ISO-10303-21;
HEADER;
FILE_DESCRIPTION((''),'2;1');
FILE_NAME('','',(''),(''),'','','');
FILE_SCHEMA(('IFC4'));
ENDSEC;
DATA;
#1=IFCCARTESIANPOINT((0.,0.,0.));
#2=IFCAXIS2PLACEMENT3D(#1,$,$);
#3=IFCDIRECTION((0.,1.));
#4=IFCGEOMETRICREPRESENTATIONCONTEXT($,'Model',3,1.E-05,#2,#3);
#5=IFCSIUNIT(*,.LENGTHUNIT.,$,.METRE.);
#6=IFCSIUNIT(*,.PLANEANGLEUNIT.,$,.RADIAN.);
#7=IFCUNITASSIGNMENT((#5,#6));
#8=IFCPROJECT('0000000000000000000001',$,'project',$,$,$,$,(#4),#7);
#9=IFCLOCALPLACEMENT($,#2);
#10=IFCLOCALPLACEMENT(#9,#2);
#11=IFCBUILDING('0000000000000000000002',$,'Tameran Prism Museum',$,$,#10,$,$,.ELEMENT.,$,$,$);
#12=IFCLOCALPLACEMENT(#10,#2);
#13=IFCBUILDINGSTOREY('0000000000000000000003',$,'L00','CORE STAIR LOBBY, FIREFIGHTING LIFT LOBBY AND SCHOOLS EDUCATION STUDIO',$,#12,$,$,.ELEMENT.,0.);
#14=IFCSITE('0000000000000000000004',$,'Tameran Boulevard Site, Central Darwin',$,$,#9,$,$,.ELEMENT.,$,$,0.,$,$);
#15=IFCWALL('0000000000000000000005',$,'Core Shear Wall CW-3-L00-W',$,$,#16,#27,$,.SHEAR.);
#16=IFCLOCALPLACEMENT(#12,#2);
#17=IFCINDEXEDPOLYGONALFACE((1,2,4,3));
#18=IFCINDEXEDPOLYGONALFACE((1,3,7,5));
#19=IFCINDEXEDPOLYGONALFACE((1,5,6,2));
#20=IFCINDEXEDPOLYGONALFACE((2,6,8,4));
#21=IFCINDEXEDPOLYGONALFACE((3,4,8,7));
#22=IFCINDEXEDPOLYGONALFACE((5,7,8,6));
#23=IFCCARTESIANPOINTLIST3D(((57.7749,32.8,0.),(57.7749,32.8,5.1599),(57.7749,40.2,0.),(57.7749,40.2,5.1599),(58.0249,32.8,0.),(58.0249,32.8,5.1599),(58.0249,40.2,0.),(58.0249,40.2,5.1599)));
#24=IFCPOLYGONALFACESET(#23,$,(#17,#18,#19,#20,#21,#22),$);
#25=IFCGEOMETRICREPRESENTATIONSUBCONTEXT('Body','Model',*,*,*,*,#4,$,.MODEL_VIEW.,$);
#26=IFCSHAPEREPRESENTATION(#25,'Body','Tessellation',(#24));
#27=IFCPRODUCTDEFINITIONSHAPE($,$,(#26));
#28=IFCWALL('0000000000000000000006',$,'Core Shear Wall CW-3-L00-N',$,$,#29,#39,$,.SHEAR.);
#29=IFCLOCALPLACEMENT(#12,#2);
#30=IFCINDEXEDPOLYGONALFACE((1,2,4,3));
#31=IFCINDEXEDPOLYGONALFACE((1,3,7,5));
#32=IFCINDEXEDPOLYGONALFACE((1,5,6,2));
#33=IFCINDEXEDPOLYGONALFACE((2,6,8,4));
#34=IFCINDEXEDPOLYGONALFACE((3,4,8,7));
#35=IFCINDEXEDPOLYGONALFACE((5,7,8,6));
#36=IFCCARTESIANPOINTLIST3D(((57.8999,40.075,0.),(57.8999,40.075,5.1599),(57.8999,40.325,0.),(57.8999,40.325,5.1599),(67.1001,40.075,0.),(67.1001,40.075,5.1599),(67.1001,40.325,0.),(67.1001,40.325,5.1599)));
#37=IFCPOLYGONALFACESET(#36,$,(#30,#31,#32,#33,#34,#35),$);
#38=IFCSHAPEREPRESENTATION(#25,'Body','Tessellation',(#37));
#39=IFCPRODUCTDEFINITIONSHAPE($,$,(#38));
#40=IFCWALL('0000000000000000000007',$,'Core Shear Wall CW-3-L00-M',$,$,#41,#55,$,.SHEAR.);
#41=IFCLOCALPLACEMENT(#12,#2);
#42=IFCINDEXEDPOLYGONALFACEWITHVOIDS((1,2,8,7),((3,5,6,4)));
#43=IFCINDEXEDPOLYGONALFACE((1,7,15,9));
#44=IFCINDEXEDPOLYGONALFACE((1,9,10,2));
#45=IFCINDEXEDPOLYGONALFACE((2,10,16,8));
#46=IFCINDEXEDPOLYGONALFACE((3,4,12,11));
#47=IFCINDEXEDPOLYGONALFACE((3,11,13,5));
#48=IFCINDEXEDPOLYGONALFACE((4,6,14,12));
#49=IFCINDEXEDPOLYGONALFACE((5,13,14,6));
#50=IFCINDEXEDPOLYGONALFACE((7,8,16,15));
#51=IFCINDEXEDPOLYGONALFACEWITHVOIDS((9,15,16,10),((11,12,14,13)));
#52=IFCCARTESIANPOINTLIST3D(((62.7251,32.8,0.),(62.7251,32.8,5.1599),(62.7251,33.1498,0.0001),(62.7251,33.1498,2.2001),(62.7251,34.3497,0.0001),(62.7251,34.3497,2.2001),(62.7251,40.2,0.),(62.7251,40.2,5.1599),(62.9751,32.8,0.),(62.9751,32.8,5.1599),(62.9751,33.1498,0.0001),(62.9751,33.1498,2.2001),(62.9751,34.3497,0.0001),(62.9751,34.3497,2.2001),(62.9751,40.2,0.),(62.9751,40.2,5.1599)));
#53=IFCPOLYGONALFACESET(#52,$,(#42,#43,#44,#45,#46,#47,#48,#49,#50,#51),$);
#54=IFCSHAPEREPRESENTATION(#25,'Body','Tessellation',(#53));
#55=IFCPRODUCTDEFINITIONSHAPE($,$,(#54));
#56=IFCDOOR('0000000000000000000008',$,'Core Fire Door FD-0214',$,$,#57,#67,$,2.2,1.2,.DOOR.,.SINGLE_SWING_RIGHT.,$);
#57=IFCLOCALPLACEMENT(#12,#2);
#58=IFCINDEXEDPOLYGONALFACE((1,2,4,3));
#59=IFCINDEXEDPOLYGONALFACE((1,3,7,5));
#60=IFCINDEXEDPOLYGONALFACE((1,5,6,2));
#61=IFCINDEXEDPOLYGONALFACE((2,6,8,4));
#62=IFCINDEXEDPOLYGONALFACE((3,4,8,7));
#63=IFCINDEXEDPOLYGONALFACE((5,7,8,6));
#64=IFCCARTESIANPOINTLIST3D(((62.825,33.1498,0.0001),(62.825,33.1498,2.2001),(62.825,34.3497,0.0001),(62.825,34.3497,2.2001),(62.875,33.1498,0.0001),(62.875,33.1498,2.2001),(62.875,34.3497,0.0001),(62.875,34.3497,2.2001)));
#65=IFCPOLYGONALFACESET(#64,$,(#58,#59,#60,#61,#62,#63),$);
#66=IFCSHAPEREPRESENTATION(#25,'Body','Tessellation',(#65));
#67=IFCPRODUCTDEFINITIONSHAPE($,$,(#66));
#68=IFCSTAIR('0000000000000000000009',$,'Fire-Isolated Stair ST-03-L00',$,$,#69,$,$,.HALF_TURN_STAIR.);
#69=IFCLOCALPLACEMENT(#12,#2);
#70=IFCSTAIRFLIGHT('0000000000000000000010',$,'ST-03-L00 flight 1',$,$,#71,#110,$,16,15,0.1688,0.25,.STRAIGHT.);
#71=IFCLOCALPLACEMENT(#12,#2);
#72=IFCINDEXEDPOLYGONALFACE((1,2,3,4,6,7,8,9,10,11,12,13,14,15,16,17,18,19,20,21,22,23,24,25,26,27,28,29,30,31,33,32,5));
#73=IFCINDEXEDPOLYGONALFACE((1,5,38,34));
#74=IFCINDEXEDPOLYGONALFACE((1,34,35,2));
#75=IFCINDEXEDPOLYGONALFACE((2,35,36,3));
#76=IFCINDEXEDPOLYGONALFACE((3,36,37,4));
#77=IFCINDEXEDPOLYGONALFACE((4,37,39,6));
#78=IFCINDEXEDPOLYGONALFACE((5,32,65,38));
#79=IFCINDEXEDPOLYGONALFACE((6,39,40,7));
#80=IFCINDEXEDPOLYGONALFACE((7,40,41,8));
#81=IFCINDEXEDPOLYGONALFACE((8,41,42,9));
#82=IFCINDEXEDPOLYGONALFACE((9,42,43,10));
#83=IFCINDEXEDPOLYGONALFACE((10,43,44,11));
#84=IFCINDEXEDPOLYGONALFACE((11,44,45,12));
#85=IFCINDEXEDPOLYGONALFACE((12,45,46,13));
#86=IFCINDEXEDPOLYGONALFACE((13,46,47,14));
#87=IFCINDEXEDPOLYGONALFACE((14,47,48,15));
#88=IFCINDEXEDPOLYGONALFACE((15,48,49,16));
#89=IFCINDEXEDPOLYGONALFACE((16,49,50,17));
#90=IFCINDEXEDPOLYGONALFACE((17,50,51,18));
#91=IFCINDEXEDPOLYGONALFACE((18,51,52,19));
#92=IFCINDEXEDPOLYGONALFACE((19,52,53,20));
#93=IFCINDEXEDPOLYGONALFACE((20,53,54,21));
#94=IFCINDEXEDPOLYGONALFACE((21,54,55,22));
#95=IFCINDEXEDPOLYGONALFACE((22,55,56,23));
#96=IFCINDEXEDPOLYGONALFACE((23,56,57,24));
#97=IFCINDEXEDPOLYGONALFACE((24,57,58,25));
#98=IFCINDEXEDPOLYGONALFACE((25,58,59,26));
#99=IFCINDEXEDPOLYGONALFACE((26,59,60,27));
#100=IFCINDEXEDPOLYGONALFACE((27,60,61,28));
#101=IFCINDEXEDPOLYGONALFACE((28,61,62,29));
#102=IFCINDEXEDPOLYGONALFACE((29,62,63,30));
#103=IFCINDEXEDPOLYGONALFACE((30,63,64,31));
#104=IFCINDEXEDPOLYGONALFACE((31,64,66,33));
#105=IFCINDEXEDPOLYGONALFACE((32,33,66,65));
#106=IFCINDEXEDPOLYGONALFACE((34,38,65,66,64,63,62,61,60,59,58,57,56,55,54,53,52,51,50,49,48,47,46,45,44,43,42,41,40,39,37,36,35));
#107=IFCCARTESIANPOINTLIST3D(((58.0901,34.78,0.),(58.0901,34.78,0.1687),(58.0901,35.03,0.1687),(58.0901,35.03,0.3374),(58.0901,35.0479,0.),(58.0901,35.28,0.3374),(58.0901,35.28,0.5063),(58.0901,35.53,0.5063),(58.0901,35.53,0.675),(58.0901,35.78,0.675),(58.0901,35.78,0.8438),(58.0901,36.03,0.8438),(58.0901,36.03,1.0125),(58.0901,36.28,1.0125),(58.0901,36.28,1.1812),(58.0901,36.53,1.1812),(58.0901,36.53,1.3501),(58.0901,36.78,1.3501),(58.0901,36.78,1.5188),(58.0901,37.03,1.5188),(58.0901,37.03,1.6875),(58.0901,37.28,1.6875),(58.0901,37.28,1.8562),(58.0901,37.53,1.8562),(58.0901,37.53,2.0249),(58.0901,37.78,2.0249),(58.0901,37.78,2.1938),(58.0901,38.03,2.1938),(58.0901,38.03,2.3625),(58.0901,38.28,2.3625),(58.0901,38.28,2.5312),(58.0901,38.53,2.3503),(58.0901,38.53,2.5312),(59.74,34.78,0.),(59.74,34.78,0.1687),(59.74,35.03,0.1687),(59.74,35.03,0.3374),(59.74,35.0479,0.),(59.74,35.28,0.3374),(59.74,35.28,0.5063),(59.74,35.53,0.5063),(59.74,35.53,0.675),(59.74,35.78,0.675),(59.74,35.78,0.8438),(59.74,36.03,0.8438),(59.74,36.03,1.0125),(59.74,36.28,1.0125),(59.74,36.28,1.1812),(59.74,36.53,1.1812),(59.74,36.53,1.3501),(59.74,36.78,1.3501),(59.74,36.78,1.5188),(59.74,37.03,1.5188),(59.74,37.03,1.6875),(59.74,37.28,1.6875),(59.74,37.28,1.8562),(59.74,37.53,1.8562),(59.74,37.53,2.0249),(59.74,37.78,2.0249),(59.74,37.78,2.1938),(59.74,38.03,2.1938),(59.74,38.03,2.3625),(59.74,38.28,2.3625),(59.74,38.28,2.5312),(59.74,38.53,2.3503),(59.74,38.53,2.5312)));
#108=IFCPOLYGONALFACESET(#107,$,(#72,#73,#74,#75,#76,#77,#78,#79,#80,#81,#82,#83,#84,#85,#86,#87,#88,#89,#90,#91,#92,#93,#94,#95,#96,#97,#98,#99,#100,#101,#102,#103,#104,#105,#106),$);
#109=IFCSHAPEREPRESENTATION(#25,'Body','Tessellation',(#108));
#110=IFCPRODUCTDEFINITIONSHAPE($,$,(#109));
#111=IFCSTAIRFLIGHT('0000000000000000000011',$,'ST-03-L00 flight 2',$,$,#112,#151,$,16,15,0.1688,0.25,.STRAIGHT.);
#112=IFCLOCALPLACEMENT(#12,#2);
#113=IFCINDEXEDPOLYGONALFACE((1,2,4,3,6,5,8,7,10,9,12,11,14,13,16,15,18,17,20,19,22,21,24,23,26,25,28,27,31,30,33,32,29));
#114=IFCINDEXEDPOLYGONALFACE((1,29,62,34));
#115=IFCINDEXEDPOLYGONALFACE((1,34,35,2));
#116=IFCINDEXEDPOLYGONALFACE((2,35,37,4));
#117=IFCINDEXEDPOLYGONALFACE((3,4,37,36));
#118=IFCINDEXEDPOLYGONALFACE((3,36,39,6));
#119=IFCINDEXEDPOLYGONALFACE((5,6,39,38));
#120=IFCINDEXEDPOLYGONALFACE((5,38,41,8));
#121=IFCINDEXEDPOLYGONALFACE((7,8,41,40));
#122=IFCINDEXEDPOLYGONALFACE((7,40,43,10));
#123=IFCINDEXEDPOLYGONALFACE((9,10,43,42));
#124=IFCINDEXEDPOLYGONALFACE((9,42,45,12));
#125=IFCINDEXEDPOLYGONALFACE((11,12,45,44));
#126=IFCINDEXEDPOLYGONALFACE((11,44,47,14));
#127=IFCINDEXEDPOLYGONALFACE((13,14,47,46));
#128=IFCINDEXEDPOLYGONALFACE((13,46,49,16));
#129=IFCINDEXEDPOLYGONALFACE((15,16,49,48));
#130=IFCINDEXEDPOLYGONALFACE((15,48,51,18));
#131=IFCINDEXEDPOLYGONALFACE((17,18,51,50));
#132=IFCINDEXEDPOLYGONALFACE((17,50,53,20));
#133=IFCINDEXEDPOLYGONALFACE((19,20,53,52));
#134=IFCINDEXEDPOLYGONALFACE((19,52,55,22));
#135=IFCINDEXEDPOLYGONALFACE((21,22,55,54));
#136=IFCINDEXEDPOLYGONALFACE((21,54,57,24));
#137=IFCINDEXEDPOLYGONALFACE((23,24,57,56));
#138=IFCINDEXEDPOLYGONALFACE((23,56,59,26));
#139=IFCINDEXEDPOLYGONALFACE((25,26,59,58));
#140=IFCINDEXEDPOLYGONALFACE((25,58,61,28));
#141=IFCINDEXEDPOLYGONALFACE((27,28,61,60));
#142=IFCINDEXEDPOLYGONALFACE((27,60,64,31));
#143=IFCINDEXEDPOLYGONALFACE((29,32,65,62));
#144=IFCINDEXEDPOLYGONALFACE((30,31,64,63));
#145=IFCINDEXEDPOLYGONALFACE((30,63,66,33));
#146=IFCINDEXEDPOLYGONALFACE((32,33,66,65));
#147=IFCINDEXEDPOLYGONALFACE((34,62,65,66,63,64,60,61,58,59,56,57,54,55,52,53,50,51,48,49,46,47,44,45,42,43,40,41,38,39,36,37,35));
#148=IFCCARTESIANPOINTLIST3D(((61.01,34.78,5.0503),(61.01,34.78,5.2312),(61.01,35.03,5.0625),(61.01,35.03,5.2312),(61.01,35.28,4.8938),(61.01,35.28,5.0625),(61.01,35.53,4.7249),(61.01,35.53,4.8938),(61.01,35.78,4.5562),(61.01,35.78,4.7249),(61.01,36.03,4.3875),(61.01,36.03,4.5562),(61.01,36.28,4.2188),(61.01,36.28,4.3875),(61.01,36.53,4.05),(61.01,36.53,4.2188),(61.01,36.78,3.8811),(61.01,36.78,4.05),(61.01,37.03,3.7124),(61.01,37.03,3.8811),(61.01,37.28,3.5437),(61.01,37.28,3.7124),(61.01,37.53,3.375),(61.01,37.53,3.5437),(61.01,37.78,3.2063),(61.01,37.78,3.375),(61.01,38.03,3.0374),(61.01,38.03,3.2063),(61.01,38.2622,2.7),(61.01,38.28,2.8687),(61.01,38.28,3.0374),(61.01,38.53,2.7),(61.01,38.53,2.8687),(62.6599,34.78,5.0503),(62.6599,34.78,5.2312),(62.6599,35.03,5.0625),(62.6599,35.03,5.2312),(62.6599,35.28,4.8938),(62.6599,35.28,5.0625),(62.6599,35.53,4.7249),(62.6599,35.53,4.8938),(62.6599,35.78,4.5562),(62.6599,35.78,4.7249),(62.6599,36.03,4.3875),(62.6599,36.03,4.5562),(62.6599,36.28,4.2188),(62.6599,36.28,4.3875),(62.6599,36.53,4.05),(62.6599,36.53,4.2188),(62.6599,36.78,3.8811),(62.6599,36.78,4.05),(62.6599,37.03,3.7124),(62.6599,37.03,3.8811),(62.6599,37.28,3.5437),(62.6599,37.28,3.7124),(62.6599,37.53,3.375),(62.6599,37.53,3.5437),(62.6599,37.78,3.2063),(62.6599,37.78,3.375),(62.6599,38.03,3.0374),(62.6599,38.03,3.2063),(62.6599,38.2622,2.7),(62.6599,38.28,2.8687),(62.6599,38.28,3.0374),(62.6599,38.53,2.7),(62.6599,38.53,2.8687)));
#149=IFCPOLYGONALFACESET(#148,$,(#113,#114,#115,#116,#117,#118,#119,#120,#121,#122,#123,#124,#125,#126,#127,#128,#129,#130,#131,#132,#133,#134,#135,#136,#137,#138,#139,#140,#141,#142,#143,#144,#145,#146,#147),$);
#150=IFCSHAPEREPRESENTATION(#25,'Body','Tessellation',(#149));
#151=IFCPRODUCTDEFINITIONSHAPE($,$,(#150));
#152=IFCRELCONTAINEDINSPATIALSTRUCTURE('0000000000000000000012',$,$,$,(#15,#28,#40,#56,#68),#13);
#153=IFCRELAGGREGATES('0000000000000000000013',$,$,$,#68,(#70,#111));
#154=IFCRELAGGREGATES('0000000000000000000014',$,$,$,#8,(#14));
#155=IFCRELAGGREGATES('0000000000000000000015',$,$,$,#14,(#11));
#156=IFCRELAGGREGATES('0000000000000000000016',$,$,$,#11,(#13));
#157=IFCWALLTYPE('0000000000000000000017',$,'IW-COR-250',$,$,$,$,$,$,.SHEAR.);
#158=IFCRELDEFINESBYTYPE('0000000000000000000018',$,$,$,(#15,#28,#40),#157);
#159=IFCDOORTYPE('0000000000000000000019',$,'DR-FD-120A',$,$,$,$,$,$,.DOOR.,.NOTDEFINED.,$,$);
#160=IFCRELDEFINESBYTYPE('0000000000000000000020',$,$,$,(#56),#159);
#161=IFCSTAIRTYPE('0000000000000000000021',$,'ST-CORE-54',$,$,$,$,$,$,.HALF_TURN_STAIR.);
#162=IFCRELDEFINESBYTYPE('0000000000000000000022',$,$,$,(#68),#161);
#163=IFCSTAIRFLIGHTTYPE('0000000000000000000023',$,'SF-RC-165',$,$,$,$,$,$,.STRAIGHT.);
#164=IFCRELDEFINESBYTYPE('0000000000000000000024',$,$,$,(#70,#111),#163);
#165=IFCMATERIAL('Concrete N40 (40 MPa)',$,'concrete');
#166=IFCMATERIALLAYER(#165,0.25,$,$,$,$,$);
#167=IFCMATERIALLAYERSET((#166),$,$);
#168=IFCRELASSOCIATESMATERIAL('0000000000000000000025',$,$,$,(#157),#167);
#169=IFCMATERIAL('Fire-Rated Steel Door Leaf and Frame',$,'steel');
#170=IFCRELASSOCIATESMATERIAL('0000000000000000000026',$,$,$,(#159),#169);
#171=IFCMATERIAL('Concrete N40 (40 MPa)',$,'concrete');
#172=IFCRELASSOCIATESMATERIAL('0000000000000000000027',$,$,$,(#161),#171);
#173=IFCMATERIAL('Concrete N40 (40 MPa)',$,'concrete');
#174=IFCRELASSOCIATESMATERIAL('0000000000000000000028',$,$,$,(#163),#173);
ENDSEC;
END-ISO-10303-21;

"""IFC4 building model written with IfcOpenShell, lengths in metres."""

from ifc_helpers import new_model, si_unit, direction, frame, frame_2d, origin, place, context, subcontext, project, spatial, polyline, rectangle, outline, extrude, material, layer, layer_set, type_object, element, fill, aggregate, save


model = new_model("IFC4")

# Units and contexts
model_context = context("Model", 3, precision=1e-05, world=origin(), true_north=direction((0.0, 1.0)))
body_context = subcontext(model_context, "Body", "Model", "MODEL_VIEW")
ifc_project = project(units=[si_unit("LENGTHUNIT", "METRE"), si_unit("PLANEANGLEUNIT", "RADIAN")], contexts=[model_context])

# Site, building, storey
site_placement = place(None, origin())
site = spatial("IfcSite", under=ifc_project, at=site_placement, Name="Tameran Boulevard Site, Central Darwin", CompositionType="ELEMENT", RefElevation=0.0)
building_placement = place(site_placement, origin())
building = spatial("IfcBuilding", under=site, at=building_placement, Name="Tameran Prism Museum", CompositionType="ELEMENT")
storey_placement = place(building_placement, origin())
storey = spatial("IfcBuildingStorey", under=building, at=storey_placement, Name="L00", Description="CORE STAIR LOBBY, FIREFIGHTING LIFT LOBBY AND SCHOOLS EDUCATION STUDIO", CompositionType="ELEMENT", Elevation=0.0)

# Walls
ifc_material_1 = material(Name="Concrete N40 (40 MPa)", Category="concrete")
ifc_layer_1 = layer(ifc_material_1, 0.25)
ifc_layer_set_1 = layer_set([ifc_layer_1])
wall_type_1 = type_object("IfcWallType", Name="IW-COR-250", PredefinedType="SHEAR", material=ifc_layer_set_1)
wall_1_placement = place(storey_placement, frame((57.8999, 32.8, 0.0), z_axis=(0.0, 0.0, 1.0), x_axis=(0.0, 1.0, 0.0)))
element("IfcWall", 1, at=wall_1_placement, inside=storey, type_object=wall_type_1, Name="Core Shear Wall CW-3-L00-W", PredefinedType="SHEAR", context=body_context, shape_type="SweptSolid", body=[
    extrude(rectangle(XDim=7.3999, YDim=0.25, at=frame_2d((3.7, 0.0))), origin(), (0.0, 0.0, 1.0), 5.1599),
])
wall_2_placement = place(storey_placement, frame((57.8999, 40.2, 0.0), z_axis=(0.0, 0.0, 1.0), x_axis=(1.0, 0.0, 0.0)))
element("IfcWall", 2, at=wall_2_placement, inside=storey, type_object=wall_type_1, Name="Core Shear Wall CW-3-L00-N", PredefinedType="SHEAR", context=body_context, shape_type="SweptSolid", body=[
    extrude(rectangle(XDim=9.2002, YDim=0.25, at=frame_2d((4.6001, 0.0))), origin(), (0.0, 0.0, 1.0), 5.1599),
])

# Wall, opening, door
wall_3_placement = place(storey_placement, frame((62.8501, 40.2, 0.0), z_axis=(0.0, 0.0, 1.0), x_axis=(0.0, -1.0, 0.0)))
wall_3 = element("IfcWall", 3, at=wall_3_placement, inside=storey, type_object=wall_type_1, Name="Core Shear Wall CW-3-L00-M", PredefinedType="SHEAR", context=body_context, shape_type="SweptSolid", body=[
    extrude(rectangle(XDim=7.3999, YDim=0.25, at=frame_2d((3.7, 0.0))), origin(), (0.0, 0.0, 1.0), 5.1599),
])
opening_1_placement = place(wall_3_placement, frame((5.8501, 0.0, 0.0)))
opening_1 = element("IfcOpeningElement", 4, at=opening_1_placement, cuts=wall_3, PredefinedType="OPENING", context=body_context, shape_type="SweptSolid", body=[
    extrude(rectangle(XDim=1.2, YDim=2.2, at=frame_2d((0.6001, 1.1001))), frame((0.0, 0.135, 0.0), z_axis=(0.0, -1.0, 0.0), x_axis=(1.0, 0.0, 0.0)), (0.0, 0.0, 1.0), 0.27),
])
ifc_material_2 = material(Name="Fire-Rated Steel Door Leaf and Frame", Category="steel")
door_type_1 = type_object("IfcDoorType", Name="DR-FD-120A", OperationType="NOTDEFINED", PredefinedType="DOOR", material=ifc_material_2)
door_1_placement = place(opening_1_placement, origin())
door_1 = element("IfcDoor", 5, at=door_1_placement, inside=storey, type_object=door_type_1, Name="Core Fire Door FD-0214", OperationType="SINGLE_SWING_RIGHT", OverallHeight=2.2, OverallWidth=1.2, PredefinedType="DOOR", context=body_context, shape_type="SweptSolid", body=[
    extrude(rectangle(XDim=1.2, YDim=2.2, at=frame_2d((0.6001, 1.1001))), frame((0.0, 0.0249, 0.0), z_axis=(0.0, -1.0, 0.0), x_axis=(1.0, 0.0, 0.0)), (0.0, 0.0, 1.0), 0.05),
])
fill(opening_1, door_1)

# Stair, stair flights
ifc_material_3 = material(Name="Concrete N40 (40 MPa)", Category="concrete")
stair_type = type_object("IfcStairType", Name="ST-CORE-54", PredefinedType="HALF_TURN_STAIR", material=ifc_material_3)
stair_placement = place(storey_placement, origin())
stair = element("IfcStair", 6, at=stair_placement, inside=storey, type_object=stair_type, Name="Fire-Isolated Stair ST-03-L00", PredefinedType="HALF_TURN_STAIR")
ifc_material_4 = material(Name="Concrete N40 (40 MPa)", Category="concrete")
stair_flight_type = type_object("IfcStairFlightType", Name="SF-RC-165", PredefinedType="STRAIGHT", material=ifc_material_4)
stair_flight_1_placement = place(storey_placement, frame((58.915, 34.78, 0.0), z_axis=(0.0, 0.0, 1.0), x_axis=(0.0, 1.0, 0.0)))
stair_flight_1 = element("IfcStairFlight", 7, at=stair_flight_1_placement, type_object=stair_flight_type, Name="ST-03-L00 flight 1", NumberOfRisers=16, NumberOfTreads=15, PredefinedType="STRAIGHT", RiserHeight=0.1688, TreadLength=0.25, context=body_context, shape_type="SweptSolid", body=[
    extrude(outline(polyline([(0.0, 0.0), (0.0, 0.1687), (0.25, 0.1687), (0.25, 0.3374), (0.5, 0.3374), (0.5, 0.5063), (0.75, 0.5063), (0.75, 0.675), (1.0, 0.675), (1.0, 0.8438), (1.25, 0.8438), (1.25, 1.0125), (1.5, 1.0125), (1.5, 1.1812), (1.75, 1.1812), (1.75, 1.3501), (2.0, 1.3501), (2.0, 1.5188), (2.25, 1.5188), (2.25, 1.6875), (2.5, 1.6875), (2.5, 1.8562), (2.75, 1.8562), (2.75, 2.0249), (3.0, 2.0249), (3.0, 2.1938), (3.25, 2.1938), (3.25, 2.3625), (3.5, 2.3625), (3.5, 2.5312), (3.75, 2.5312), (3.75, 2.7), (3.75, 2.3503), (0.2678, 0.0), (0.0, 0.0)])), frame((0.0, 0.825, 0.0), z_axis=(0.0, -1.0, 0.0), x_axis=(1.0, 0.0, 0.0)), (0.0, 0.0, 1.0), 1.6499),
])
stair_flight_2_placement = place(storey_placement, frame((61.835, 38.53, 2.7), z_axis=(0.0, 0.0, 1.0), x_axis=(0.0, -1.0, 0.0)))
stair_flight_2 = element("IfcStairFlight", 8, at=stair_flight_2_placement, type_object=stair_flight_type, Name="ST-03-L00 flight 2", NumberOfRisers=16, NumberOfTreads=15, PredefinedType="STRAIGHT", RiserHeight=0.1688, TreadLength=0.25, context=body_context, shape_type="SweptSolid", body=[
    extrude(outline(polyline([(0.0, 0.0), (0.0, 0.1687), (0.25, 0.1687), (0.25, 0.3374), (0.5, 0.3374), (0.5, 0.5063), (0.75, 0.5063), (0.75, 0.675), (1.0, 0.675), (1.0, 0.8438), (1.25, 0.8438), (1.25, 1.0125), (1.5, 1.0125), (1.5, 1.1812), (1.75, 1.1812), (1.75, 1.3501), (2.0, 1.3501), (2.0, 1.5188), (2.25, 1.5188), (2.25, 1.6875), (2.5, 1.6875), (2.5, 1.8562), (2.75, 1.8562), (2.75, 2.0249), (3.0, 2.0249), (3.0, 2.1938), (3.25, 2.1938), (3.25, 2.3625), (3.5, 2.3625), (3.5, 2.5312), (3.75, 2.5312), (3.75, 2.7), (3.75, 2.3503), (0.2678, 0.0), (0.0, 0.0)])), frame((0.0, 0.825, 0.0), z_axis=(0.0, -1.0, 0.0), x_axis=(1.0, 0.0, 0.0)), (0.0, 0.0, 1.0), 1.6499),
])
aggregate(stair, [stair_flight_1, stair_flight_2])

save(model, "model.ifc")
